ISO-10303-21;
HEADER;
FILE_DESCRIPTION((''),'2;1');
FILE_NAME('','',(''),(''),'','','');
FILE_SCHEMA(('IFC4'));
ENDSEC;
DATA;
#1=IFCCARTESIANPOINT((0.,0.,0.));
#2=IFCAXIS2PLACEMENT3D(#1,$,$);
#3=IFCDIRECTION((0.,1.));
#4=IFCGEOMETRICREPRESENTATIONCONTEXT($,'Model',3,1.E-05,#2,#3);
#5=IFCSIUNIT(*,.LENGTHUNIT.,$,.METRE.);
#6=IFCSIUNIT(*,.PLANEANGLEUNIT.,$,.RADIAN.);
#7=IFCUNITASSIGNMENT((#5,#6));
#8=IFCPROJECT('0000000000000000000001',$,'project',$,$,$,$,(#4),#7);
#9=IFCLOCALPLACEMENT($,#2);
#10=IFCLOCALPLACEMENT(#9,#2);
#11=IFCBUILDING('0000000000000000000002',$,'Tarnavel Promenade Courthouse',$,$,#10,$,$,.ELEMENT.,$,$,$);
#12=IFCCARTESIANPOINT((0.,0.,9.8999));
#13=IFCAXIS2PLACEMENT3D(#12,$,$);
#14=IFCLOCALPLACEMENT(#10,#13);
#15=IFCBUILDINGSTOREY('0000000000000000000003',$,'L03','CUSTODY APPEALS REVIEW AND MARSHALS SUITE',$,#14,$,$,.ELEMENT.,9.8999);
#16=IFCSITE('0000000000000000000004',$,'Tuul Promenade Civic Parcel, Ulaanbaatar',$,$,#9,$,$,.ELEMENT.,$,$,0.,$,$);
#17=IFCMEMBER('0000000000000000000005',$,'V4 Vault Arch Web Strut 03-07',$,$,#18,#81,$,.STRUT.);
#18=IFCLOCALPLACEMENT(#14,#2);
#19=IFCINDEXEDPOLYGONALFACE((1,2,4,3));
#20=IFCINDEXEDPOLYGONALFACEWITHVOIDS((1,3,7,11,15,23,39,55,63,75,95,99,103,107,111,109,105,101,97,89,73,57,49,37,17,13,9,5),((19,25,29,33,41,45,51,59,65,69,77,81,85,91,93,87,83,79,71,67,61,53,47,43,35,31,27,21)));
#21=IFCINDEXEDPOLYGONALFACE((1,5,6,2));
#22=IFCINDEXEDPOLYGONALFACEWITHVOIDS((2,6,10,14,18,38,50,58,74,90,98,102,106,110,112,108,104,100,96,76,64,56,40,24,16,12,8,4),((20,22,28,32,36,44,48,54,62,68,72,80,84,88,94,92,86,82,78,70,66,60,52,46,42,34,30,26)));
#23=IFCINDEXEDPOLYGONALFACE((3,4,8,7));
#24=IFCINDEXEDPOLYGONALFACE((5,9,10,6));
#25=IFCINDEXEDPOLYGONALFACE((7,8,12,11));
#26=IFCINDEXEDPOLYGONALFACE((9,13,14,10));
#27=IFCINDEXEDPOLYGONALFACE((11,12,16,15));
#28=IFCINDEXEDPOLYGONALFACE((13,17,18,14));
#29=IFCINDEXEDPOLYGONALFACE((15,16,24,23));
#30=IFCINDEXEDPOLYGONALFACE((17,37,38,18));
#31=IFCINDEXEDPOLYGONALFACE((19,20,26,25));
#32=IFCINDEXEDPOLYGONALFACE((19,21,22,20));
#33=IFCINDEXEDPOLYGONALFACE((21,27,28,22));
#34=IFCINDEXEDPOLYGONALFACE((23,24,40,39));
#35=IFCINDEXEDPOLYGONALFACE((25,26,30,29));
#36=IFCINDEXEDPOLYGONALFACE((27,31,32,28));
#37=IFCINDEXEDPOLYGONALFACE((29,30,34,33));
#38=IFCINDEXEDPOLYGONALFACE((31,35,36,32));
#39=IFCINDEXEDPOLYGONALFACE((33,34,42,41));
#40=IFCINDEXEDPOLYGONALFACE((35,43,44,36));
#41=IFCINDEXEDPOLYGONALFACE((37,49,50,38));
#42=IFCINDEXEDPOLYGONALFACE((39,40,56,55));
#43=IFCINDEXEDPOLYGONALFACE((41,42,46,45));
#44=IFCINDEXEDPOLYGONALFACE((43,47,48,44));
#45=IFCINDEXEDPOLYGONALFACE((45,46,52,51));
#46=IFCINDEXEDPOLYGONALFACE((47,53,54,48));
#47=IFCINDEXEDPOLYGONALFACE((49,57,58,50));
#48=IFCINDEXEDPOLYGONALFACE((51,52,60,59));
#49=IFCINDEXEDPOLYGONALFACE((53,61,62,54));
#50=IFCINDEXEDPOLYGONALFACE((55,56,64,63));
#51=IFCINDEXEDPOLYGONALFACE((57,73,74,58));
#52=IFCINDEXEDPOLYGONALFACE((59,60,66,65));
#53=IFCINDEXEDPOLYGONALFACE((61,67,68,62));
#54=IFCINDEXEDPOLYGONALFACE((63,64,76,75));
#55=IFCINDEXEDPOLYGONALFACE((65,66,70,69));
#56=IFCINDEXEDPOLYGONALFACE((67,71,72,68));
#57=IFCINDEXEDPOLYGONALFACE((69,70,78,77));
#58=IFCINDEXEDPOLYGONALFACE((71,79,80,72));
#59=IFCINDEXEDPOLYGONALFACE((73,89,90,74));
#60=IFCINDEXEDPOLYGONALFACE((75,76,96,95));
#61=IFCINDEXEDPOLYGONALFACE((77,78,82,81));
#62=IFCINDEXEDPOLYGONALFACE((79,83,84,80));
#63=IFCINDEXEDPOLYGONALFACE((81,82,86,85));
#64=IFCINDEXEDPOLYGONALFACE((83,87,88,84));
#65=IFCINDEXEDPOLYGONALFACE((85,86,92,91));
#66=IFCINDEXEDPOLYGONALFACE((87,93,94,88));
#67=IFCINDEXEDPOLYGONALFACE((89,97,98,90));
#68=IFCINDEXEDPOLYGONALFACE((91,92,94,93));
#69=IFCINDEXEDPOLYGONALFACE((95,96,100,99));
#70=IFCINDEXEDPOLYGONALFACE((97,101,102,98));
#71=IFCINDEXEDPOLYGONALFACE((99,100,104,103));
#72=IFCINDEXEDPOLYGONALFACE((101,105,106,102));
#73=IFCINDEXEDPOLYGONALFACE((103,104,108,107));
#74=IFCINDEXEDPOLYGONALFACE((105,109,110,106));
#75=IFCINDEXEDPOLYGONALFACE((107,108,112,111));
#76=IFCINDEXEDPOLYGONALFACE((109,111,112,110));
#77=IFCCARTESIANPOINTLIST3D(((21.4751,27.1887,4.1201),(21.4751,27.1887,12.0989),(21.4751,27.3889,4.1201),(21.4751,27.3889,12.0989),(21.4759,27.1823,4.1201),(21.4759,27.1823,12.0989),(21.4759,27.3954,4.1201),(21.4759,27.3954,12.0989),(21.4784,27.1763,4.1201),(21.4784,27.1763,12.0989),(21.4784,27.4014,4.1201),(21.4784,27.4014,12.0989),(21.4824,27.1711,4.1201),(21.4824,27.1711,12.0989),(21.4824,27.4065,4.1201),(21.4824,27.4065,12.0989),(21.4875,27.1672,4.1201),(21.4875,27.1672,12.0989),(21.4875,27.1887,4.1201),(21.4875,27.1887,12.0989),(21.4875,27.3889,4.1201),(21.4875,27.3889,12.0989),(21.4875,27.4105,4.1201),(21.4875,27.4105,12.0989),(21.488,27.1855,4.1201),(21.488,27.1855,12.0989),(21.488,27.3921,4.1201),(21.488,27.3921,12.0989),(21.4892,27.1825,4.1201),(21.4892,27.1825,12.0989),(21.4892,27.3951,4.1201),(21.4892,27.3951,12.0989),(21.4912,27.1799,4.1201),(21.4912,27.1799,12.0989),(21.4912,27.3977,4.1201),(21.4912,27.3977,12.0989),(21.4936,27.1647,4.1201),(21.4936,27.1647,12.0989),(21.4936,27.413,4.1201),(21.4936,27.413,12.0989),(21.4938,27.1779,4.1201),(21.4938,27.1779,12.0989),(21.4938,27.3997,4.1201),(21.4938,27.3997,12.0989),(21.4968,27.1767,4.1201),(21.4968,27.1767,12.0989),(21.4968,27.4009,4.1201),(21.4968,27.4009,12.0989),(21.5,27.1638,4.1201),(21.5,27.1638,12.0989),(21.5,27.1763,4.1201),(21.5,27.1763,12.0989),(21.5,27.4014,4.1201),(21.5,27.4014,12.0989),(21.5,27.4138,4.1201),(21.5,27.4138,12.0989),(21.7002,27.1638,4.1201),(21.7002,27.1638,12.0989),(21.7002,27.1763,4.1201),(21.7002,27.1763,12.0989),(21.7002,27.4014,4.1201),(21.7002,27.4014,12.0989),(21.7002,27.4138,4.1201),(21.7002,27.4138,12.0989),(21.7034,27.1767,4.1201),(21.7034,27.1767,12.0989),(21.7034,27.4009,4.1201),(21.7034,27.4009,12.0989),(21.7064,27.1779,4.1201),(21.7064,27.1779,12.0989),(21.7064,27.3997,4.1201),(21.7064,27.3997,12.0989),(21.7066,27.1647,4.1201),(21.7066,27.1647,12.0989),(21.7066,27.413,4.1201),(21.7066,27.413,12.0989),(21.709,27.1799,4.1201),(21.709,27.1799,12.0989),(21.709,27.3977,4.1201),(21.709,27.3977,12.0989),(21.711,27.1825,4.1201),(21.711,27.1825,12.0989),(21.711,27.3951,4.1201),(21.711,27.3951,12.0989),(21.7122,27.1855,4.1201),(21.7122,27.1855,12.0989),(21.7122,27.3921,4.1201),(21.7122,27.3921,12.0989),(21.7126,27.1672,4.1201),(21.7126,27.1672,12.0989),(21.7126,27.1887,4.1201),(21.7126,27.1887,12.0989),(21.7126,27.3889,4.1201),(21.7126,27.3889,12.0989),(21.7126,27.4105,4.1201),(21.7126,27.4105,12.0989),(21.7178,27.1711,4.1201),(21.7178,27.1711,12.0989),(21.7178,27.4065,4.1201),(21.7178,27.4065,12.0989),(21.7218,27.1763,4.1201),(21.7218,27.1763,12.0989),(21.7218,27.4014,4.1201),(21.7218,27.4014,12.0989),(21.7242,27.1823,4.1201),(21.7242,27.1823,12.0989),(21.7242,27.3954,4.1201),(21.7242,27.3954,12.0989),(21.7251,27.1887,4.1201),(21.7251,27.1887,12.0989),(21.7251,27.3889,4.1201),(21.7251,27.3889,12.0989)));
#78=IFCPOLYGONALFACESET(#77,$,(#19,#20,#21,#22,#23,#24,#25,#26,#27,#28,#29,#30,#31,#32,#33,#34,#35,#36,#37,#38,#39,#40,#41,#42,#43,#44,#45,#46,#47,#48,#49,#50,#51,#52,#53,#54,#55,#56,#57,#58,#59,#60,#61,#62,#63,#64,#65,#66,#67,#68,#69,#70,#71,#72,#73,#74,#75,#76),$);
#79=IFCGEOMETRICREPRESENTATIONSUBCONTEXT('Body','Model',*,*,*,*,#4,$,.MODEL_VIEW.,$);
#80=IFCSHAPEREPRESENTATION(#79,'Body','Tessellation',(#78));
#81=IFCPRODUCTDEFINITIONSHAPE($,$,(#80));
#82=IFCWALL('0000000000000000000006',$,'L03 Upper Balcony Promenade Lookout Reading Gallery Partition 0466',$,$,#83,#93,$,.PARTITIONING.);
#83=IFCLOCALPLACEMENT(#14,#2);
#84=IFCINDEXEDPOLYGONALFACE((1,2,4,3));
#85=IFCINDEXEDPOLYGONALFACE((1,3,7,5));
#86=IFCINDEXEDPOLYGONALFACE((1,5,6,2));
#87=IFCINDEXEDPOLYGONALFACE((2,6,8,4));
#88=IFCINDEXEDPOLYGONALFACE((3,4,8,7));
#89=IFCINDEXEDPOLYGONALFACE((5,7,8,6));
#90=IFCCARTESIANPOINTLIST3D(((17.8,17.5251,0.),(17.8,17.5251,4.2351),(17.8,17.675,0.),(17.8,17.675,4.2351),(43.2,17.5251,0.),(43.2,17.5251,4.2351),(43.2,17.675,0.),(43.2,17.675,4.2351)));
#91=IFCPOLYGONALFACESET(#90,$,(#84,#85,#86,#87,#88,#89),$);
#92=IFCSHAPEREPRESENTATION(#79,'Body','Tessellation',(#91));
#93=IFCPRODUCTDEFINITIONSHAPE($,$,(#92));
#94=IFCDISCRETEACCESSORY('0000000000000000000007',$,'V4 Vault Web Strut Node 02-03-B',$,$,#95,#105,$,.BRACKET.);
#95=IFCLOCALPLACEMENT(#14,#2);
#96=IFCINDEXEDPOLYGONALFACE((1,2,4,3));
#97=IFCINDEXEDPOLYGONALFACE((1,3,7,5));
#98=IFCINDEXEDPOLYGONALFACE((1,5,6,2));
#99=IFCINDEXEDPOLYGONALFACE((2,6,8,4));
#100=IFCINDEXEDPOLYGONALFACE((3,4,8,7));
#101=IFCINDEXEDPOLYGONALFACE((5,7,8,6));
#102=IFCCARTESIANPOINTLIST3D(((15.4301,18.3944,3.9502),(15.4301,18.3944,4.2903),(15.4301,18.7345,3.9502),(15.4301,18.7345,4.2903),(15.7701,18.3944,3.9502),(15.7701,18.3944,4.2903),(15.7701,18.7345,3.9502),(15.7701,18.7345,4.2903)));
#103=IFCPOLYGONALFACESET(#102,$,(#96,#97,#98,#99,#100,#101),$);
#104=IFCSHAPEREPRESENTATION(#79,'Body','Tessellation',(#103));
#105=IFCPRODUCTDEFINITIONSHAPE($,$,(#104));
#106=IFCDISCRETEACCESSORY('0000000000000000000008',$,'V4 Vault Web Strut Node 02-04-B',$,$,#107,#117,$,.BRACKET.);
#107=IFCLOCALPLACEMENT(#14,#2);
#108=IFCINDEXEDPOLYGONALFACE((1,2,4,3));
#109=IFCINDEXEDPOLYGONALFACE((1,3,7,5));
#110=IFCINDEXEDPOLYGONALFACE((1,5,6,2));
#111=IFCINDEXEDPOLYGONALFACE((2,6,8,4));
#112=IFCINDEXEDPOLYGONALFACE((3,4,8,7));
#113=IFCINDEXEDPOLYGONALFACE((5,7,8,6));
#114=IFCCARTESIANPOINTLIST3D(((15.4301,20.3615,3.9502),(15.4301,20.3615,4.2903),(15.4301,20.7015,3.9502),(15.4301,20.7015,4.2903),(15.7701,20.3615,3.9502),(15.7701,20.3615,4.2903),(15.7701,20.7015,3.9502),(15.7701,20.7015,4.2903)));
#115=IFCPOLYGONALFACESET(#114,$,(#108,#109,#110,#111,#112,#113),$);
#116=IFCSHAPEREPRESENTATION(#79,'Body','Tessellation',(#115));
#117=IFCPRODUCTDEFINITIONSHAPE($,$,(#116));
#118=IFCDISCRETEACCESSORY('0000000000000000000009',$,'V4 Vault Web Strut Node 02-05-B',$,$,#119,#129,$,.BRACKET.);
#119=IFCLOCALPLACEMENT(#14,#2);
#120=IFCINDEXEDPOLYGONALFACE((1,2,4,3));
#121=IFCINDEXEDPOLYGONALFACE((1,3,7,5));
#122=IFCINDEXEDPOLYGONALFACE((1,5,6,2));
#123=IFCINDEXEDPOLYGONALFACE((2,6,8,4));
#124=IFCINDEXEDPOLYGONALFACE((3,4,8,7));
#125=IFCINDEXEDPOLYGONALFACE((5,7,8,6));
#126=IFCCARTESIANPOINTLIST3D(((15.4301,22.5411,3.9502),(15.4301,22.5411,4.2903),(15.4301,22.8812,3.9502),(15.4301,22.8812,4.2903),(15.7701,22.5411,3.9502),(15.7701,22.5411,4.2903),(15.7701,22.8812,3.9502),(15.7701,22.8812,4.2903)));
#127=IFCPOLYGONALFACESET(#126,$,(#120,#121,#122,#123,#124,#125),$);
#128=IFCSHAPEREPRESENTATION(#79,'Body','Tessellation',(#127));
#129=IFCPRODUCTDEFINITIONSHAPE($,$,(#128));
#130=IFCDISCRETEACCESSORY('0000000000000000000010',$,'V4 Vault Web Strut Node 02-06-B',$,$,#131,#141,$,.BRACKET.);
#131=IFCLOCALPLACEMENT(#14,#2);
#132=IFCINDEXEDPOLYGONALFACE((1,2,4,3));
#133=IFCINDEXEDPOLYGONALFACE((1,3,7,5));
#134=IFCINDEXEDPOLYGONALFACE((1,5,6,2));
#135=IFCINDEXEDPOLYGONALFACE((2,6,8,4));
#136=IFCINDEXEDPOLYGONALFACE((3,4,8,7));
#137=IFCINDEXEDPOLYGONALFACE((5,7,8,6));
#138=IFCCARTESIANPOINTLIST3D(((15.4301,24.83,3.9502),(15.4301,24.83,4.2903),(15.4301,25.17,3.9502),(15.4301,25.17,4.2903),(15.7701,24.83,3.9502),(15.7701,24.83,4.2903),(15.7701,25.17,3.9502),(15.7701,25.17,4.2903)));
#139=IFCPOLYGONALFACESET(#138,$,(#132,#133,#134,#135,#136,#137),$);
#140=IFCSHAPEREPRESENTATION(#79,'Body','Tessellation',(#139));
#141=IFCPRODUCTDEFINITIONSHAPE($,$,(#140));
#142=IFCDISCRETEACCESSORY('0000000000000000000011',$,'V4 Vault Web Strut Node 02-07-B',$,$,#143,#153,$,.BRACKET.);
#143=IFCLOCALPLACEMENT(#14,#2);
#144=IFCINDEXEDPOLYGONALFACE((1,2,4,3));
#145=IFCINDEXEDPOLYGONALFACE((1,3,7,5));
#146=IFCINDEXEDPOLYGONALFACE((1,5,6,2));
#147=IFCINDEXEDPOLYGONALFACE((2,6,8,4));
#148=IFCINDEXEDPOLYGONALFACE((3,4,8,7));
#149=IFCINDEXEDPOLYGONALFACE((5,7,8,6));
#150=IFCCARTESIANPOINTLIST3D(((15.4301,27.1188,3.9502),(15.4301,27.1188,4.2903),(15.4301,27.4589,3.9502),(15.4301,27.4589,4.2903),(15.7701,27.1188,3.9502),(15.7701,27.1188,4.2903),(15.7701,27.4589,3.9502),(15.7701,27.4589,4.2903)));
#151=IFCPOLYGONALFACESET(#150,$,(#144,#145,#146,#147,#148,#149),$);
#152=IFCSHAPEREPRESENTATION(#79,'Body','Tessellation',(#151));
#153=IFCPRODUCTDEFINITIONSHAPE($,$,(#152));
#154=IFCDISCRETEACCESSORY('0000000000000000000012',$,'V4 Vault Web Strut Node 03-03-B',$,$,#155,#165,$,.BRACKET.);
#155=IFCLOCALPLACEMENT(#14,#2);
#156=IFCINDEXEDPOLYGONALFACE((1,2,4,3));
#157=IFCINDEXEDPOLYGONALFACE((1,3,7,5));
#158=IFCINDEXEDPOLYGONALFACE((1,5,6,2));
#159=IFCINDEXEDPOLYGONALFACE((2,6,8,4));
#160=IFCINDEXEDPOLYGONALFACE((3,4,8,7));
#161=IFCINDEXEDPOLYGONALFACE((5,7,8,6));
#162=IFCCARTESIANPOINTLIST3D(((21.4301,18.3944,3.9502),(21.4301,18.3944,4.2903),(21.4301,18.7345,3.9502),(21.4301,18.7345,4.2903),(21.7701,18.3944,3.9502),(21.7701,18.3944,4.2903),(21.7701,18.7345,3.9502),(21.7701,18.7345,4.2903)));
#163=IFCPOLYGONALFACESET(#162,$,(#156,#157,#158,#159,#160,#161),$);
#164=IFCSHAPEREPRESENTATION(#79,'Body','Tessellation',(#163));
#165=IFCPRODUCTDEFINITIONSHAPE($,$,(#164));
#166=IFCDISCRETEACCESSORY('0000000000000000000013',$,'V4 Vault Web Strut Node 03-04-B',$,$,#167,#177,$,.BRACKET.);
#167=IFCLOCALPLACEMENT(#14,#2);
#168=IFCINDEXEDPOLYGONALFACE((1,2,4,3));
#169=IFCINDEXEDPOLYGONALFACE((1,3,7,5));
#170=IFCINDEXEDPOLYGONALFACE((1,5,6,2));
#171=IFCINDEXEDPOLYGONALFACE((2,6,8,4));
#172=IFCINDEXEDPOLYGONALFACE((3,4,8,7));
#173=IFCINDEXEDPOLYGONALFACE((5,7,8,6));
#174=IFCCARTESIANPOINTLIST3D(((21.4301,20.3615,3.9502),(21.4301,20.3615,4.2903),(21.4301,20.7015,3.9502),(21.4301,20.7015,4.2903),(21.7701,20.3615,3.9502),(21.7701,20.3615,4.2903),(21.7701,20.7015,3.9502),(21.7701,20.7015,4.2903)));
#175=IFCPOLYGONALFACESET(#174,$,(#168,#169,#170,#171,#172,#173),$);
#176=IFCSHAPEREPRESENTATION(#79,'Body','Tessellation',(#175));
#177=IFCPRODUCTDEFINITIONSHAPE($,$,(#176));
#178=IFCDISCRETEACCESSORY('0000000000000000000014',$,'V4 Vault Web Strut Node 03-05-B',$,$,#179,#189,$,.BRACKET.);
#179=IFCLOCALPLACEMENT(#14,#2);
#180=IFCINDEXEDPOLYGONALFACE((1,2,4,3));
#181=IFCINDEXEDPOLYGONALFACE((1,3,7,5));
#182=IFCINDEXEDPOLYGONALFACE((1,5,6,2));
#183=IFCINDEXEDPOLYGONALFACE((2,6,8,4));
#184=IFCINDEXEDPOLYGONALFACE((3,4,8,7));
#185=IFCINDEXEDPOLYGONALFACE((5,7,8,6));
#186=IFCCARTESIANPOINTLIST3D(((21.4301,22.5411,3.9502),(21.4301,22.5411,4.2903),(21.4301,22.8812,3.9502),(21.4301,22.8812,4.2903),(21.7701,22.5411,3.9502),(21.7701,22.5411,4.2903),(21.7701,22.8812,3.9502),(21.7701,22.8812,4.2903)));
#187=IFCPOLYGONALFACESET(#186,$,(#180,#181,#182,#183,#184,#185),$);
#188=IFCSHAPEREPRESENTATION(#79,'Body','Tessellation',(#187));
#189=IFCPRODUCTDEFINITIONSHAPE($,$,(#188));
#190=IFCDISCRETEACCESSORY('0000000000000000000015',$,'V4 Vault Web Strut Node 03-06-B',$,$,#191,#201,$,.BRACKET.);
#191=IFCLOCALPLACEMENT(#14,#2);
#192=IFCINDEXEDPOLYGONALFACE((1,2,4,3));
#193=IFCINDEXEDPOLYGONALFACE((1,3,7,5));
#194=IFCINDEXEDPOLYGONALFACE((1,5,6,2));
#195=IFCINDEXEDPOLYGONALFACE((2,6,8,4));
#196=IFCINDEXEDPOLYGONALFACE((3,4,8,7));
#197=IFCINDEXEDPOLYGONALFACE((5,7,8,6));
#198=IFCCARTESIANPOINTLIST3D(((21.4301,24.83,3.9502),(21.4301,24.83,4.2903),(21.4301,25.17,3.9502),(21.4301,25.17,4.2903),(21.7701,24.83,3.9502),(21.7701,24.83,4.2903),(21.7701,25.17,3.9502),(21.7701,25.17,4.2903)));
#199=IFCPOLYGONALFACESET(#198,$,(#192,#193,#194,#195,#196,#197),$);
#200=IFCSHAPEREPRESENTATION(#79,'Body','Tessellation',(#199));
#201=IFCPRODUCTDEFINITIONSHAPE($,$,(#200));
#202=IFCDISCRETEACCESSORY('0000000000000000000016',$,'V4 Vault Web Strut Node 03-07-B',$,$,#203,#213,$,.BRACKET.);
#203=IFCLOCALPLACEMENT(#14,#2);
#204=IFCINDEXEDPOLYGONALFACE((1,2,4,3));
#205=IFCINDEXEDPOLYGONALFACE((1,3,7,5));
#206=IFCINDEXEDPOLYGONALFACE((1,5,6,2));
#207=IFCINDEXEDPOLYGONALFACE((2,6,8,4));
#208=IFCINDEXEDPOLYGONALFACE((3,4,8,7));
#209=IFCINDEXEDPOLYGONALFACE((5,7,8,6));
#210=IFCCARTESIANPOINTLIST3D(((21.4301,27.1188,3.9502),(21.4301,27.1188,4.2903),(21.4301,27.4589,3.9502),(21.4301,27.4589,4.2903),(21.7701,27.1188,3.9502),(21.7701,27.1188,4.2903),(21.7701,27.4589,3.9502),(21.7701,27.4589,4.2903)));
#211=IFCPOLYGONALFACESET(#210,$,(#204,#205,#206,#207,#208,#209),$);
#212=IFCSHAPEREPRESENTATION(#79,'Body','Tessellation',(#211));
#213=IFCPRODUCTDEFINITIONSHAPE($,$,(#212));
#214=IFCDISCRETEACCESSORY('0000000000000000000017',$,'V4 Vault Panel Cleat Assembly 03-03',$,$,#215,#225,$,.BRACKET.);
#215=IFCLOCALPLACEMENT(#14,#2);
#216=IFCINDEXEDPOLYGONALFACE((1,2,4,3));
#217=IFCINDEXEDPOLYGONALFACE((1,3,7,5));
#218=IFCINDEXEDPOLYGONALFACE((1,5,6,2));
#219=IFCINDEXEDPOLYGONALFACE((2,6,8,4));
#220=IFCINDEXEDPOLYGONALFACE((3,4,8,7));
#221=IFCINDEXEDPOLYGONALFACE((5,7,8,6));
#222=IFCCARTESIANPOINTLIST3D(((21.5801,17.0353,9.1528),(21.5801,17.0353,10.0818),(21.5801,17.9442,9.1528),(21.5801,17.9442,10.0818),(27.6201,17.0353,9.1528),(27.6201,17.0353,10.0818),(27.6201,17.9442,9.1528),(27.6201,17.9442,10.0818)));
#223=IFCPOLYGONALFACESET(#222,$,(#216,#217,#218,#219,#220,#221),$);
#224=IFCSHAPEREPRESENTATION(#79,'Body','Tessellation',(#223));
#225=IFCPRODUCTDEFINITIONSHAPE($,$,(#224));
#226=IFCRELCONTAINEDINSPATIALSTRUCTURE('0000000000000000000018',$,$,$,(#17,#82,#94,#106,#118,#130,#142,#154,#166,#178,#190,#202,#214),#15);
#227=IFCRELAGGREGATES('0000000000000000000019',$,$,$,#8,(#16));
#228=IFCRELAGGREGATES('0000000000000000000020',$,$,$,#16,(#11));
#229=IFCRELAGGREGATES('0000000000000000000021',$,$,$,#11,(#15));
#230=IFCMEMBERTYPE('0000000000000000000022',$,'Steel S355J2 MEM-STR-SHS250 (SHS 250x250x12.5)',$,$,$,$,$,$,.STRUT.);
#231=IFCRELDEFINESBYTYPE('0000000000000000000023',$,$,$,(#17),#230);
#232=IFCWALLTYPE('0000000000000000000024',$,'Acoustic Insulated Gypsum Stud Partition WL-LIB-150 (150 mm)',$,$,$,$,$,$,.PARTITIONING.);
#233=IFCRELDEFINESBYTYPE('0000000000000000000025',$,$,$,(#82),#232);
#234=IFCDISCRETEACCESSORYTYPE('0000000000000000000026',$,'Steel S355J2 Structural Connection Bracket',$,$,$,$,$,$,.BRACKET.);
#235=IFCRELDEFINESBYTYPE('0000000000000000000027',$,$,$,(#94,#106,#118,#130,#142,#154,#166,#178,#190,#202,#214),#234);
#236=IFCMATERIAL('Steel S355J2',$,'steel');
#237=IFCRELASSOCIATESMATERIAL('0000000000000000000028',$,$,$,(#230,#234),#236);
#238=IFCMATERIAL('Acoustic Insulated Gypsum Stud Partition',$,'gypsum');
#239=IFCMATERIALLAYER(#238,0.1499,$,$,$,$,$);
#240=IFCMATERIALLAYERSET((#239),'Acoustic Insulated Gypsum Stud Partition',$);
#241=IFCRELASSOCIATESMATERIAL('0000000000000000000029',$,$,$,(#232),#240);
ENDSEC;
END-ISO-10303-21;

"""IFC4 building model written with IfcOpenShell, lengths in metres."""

from ifc_helpers import new_model, si_unit, direction, frame, frame_2d, origin, origin_2d, place, context, subcontext, project, spatial, rectangle, hollow_rectangle, extrude, material, layer, layer_set, material_profile, profile_set, type_object, element, save


model = new_model("IFC4")

# Units and contexts
model_context = context("Model", 3, precision=1e-05, world=origin(), true_north=direction((0.0, 1.0)))
body_context = subcontext(model_context, "Body", "Model", "MODEL_VIEW")
ifc_project = project(units=[si_unit("LENGTHUNIT", "METRE"), si_unit("PLANEANGLEUNIT", "RADIAN")], contexts=[model_context])

# Site, building, storey
site_placement = place(None, origin())
site = spatial("IfcSite", under=ifc_project, at=site_placement, Name="Tuul Promenade Civic Parcel, Ulaanbaatar", CompositionType="ELEMENT", RefElevation=0.0)
building_placement = place(site_placement, origin())
building = spatial("IfcBuilding", under=site, at=building_placement, Name="Tarnavel Promenade Courthouse", CompositionType="ELEMENT")
storey_placement = place(building_placement, frame((0.0, 0.0, 9.8999)))
storey = spatial("IfcBuildingStorey", under=building, at=storey_placement, Name="L03", Description="CUSTODY APPEALS REVIEW AND MARSHALS SUITE", CompositionType="ELEMENT", Elevation=9.8999)

# Member
ifc_material_1 = material(Name="Steel S355J2", Category="steel")
ifc_material_profile = material_profile(ifc_material_1, hollow_rectangle(XDim=0.25, YDim=0.25, WallThickness=0.0125, InnerFilletRadius=0.0125, OuterFilletRadius=0.0249, at=origin_2d()), Name="SHS 250x250x12.5")
ifc_profile_set = profile_set([ifc_material_profile], Name="Steel S355J2")
member_type = type_object("IfcMemberType", Name="Steel S355J2 MEM-STR-SHS250 (SHS 250x250x12.5)", PredefinedType="STRUT", material=ifc_profile_set)
member_1_placement = place(storey_placement, frame((21.6001, 27.2888, 4.1201), z_axis=(0.0, 0.0, 1.0), x_axis=(1.0, 0.0, 0.0)))
element("IfcMember", 1, at=member_1_placement, inside=storey, type_object=member_type, Name="V4 Vault Arch Web Strut 03-07", PredefinedType="STRUT", context=body_context, shape_type="SweptSolid", body=[
    extrude(hollow_rectangle(XDim=0.25, YDim=0.25, WallThickness=0.0125, InnerFilletRadius=0.0125, OuterFilletRadius=0.0249, at=origin_2d()), origin(), (0.0, 0.0, 1.0), 7.9788),
])

# Wall
ifc_material_2 = material(Name="Acoustic Insulated Gypsum Stud Partition", Category="gypsum")
ifc_layer = layer(ifc_material_2, 0.1499)
ifc_layer_set = layer_set([ifc_layer], Name="Acoustic Insulated Gypsum Stud Partition")
wall_type = type_object("IfcWallType", Name="Acoustic Insulated Gypsum Stud Partition WL-LIB-150 (150 mm)", PredefinedType="PARTITIONING", material=ifc_layer_set)
wall_placement = place(storey_placement, frame((17.8, 17.6001, 0.0), z_axis=(0.0, 0.0, 1.0), x_axis=(1.0, 0.0, 0.0)))
element("IfcWall", 2, at=wall_placement, inside=storey, type_object=wall_type, Name="L03 Upper Balcony Promenade Lookout Reading Gallery Partition 0466", PredefinedType="PARTITIONING", context=body_context, shape_type="SweptSolid", body=[
    extrude(rectangle(XDim=25.3999, YDim=0.1499, at=frame_2d((12.7, 0.0))), origin(), (0.0, 0.0, 1.0), 4.2351),
])

# Discrete accessories
discrete_accessory_type = type_object("IfcDiscreteAccessoryType", Name="Steel S355J2 Structural Connection Bracket", PredefinedType="BRACKET", material=ifc_material_1)
for number, where, z_axis, x_axis, name in (
    (3, (15.6001, 18.5645, 3.9502), (0.0, 0.0, 1.0), (1.0, 0.0, 0.0), "V4 Vault Web Strut Node 02-03-B"),
    (4, (15.6001, 20.5315, 3.9502), (0.0, 0.0, 1.0), (1.0, 0.0, 0.0), "V4 Vault Web Strut Node 02-04-B"),
    (5, (15.6001, 22.7112, 3.9502), (0.0, 0.0, 1.0), (1.0, 0.0, 0.0), "V4 Vault Web Strut Node 02-05-B"),
    (6, (15.6001, 25.0, 3.9502), (0.0, 0.0, 1.0), (1.0, 0.0, 0.0), "V4 Vault Web Strut Node 02-06-B"),
    (7, (15.6001, 27.2888, 3.9502), (0.0, 0.0, 1.0), (1.0, 0.0, 0.0), "V4 Vault Web Strut Node 02-07-B"),
    (8, (21.6001, 18.5645, 3.9502), (0.0, 0.0, 1.0), (1.0, 0.0, 0.0), "V4 Vault Web Strut Node 03-03-B"),
    (9, (21.6001, 20.5315, 3.9502), (0.0, 0.0, 1.0), (1.0, 0.0, 0.0), "V4 Vault Web Strut Node 03-04-B"),
    (10, (21.6001, 22.7112, 3.9502), (0.0, 0.0, 1.0), (1.0, 0.0, 0.0), "V4 Vault Web Strut Node 03-05-B"),
    (11, (21.6001, 25.0, 3.9502), (0.0, 0.0, 1.0), (1.0, 0.0, 0.0), "V4 Vault Web Strut Node 03-06-B"),
    (12, (21.6001, 27.2888, 3.9502), (0.0, 0.0, 1.0), (1.0, 0.0, 0.0), "V4 Vault Web Strut Node 03-07-B"),
):
    element("IfcDiscreteAccessory", number, at=place(storey_placement, frame(where, z_axis=z_axis, x_axis=x_axis)), inside=storey, type_object=discrete_accessory_type, Name=name, PredefinedType="BRACKET", context=body_context, shape_type="SweptSolid", body=[
        extrude(rectangle(XDim=0.3401, YDim=0.3401, at=origin_2d()), origin(), (0.0, 0.0, 1.0), 0.3401),
    ])
discrete_accessory_placement = place(storey_placement, frame((24.6001, 17.4897, 9.1528), z_axis=(0.0, 0.0, 1.0), x_axis=(1.0, 0.0, 0.0)))
element("IfcDiscreteAccessory", 13, at=discrete_accessory_placement, inside=storey, type_object=discrete_accessory_type, Name="V4 Vault Panel Cleat Assembly 03-03", PredefinedType="BRACKET", context=body_context, shape_type="SweptSolid", body=[
    extrude(rectangle(XDim=6.04, YDim=0.9089, at=origin_2d()), origin(), (0.0, 0.0, 1.0), 0.929),
])

save(model, "model.ifc")
